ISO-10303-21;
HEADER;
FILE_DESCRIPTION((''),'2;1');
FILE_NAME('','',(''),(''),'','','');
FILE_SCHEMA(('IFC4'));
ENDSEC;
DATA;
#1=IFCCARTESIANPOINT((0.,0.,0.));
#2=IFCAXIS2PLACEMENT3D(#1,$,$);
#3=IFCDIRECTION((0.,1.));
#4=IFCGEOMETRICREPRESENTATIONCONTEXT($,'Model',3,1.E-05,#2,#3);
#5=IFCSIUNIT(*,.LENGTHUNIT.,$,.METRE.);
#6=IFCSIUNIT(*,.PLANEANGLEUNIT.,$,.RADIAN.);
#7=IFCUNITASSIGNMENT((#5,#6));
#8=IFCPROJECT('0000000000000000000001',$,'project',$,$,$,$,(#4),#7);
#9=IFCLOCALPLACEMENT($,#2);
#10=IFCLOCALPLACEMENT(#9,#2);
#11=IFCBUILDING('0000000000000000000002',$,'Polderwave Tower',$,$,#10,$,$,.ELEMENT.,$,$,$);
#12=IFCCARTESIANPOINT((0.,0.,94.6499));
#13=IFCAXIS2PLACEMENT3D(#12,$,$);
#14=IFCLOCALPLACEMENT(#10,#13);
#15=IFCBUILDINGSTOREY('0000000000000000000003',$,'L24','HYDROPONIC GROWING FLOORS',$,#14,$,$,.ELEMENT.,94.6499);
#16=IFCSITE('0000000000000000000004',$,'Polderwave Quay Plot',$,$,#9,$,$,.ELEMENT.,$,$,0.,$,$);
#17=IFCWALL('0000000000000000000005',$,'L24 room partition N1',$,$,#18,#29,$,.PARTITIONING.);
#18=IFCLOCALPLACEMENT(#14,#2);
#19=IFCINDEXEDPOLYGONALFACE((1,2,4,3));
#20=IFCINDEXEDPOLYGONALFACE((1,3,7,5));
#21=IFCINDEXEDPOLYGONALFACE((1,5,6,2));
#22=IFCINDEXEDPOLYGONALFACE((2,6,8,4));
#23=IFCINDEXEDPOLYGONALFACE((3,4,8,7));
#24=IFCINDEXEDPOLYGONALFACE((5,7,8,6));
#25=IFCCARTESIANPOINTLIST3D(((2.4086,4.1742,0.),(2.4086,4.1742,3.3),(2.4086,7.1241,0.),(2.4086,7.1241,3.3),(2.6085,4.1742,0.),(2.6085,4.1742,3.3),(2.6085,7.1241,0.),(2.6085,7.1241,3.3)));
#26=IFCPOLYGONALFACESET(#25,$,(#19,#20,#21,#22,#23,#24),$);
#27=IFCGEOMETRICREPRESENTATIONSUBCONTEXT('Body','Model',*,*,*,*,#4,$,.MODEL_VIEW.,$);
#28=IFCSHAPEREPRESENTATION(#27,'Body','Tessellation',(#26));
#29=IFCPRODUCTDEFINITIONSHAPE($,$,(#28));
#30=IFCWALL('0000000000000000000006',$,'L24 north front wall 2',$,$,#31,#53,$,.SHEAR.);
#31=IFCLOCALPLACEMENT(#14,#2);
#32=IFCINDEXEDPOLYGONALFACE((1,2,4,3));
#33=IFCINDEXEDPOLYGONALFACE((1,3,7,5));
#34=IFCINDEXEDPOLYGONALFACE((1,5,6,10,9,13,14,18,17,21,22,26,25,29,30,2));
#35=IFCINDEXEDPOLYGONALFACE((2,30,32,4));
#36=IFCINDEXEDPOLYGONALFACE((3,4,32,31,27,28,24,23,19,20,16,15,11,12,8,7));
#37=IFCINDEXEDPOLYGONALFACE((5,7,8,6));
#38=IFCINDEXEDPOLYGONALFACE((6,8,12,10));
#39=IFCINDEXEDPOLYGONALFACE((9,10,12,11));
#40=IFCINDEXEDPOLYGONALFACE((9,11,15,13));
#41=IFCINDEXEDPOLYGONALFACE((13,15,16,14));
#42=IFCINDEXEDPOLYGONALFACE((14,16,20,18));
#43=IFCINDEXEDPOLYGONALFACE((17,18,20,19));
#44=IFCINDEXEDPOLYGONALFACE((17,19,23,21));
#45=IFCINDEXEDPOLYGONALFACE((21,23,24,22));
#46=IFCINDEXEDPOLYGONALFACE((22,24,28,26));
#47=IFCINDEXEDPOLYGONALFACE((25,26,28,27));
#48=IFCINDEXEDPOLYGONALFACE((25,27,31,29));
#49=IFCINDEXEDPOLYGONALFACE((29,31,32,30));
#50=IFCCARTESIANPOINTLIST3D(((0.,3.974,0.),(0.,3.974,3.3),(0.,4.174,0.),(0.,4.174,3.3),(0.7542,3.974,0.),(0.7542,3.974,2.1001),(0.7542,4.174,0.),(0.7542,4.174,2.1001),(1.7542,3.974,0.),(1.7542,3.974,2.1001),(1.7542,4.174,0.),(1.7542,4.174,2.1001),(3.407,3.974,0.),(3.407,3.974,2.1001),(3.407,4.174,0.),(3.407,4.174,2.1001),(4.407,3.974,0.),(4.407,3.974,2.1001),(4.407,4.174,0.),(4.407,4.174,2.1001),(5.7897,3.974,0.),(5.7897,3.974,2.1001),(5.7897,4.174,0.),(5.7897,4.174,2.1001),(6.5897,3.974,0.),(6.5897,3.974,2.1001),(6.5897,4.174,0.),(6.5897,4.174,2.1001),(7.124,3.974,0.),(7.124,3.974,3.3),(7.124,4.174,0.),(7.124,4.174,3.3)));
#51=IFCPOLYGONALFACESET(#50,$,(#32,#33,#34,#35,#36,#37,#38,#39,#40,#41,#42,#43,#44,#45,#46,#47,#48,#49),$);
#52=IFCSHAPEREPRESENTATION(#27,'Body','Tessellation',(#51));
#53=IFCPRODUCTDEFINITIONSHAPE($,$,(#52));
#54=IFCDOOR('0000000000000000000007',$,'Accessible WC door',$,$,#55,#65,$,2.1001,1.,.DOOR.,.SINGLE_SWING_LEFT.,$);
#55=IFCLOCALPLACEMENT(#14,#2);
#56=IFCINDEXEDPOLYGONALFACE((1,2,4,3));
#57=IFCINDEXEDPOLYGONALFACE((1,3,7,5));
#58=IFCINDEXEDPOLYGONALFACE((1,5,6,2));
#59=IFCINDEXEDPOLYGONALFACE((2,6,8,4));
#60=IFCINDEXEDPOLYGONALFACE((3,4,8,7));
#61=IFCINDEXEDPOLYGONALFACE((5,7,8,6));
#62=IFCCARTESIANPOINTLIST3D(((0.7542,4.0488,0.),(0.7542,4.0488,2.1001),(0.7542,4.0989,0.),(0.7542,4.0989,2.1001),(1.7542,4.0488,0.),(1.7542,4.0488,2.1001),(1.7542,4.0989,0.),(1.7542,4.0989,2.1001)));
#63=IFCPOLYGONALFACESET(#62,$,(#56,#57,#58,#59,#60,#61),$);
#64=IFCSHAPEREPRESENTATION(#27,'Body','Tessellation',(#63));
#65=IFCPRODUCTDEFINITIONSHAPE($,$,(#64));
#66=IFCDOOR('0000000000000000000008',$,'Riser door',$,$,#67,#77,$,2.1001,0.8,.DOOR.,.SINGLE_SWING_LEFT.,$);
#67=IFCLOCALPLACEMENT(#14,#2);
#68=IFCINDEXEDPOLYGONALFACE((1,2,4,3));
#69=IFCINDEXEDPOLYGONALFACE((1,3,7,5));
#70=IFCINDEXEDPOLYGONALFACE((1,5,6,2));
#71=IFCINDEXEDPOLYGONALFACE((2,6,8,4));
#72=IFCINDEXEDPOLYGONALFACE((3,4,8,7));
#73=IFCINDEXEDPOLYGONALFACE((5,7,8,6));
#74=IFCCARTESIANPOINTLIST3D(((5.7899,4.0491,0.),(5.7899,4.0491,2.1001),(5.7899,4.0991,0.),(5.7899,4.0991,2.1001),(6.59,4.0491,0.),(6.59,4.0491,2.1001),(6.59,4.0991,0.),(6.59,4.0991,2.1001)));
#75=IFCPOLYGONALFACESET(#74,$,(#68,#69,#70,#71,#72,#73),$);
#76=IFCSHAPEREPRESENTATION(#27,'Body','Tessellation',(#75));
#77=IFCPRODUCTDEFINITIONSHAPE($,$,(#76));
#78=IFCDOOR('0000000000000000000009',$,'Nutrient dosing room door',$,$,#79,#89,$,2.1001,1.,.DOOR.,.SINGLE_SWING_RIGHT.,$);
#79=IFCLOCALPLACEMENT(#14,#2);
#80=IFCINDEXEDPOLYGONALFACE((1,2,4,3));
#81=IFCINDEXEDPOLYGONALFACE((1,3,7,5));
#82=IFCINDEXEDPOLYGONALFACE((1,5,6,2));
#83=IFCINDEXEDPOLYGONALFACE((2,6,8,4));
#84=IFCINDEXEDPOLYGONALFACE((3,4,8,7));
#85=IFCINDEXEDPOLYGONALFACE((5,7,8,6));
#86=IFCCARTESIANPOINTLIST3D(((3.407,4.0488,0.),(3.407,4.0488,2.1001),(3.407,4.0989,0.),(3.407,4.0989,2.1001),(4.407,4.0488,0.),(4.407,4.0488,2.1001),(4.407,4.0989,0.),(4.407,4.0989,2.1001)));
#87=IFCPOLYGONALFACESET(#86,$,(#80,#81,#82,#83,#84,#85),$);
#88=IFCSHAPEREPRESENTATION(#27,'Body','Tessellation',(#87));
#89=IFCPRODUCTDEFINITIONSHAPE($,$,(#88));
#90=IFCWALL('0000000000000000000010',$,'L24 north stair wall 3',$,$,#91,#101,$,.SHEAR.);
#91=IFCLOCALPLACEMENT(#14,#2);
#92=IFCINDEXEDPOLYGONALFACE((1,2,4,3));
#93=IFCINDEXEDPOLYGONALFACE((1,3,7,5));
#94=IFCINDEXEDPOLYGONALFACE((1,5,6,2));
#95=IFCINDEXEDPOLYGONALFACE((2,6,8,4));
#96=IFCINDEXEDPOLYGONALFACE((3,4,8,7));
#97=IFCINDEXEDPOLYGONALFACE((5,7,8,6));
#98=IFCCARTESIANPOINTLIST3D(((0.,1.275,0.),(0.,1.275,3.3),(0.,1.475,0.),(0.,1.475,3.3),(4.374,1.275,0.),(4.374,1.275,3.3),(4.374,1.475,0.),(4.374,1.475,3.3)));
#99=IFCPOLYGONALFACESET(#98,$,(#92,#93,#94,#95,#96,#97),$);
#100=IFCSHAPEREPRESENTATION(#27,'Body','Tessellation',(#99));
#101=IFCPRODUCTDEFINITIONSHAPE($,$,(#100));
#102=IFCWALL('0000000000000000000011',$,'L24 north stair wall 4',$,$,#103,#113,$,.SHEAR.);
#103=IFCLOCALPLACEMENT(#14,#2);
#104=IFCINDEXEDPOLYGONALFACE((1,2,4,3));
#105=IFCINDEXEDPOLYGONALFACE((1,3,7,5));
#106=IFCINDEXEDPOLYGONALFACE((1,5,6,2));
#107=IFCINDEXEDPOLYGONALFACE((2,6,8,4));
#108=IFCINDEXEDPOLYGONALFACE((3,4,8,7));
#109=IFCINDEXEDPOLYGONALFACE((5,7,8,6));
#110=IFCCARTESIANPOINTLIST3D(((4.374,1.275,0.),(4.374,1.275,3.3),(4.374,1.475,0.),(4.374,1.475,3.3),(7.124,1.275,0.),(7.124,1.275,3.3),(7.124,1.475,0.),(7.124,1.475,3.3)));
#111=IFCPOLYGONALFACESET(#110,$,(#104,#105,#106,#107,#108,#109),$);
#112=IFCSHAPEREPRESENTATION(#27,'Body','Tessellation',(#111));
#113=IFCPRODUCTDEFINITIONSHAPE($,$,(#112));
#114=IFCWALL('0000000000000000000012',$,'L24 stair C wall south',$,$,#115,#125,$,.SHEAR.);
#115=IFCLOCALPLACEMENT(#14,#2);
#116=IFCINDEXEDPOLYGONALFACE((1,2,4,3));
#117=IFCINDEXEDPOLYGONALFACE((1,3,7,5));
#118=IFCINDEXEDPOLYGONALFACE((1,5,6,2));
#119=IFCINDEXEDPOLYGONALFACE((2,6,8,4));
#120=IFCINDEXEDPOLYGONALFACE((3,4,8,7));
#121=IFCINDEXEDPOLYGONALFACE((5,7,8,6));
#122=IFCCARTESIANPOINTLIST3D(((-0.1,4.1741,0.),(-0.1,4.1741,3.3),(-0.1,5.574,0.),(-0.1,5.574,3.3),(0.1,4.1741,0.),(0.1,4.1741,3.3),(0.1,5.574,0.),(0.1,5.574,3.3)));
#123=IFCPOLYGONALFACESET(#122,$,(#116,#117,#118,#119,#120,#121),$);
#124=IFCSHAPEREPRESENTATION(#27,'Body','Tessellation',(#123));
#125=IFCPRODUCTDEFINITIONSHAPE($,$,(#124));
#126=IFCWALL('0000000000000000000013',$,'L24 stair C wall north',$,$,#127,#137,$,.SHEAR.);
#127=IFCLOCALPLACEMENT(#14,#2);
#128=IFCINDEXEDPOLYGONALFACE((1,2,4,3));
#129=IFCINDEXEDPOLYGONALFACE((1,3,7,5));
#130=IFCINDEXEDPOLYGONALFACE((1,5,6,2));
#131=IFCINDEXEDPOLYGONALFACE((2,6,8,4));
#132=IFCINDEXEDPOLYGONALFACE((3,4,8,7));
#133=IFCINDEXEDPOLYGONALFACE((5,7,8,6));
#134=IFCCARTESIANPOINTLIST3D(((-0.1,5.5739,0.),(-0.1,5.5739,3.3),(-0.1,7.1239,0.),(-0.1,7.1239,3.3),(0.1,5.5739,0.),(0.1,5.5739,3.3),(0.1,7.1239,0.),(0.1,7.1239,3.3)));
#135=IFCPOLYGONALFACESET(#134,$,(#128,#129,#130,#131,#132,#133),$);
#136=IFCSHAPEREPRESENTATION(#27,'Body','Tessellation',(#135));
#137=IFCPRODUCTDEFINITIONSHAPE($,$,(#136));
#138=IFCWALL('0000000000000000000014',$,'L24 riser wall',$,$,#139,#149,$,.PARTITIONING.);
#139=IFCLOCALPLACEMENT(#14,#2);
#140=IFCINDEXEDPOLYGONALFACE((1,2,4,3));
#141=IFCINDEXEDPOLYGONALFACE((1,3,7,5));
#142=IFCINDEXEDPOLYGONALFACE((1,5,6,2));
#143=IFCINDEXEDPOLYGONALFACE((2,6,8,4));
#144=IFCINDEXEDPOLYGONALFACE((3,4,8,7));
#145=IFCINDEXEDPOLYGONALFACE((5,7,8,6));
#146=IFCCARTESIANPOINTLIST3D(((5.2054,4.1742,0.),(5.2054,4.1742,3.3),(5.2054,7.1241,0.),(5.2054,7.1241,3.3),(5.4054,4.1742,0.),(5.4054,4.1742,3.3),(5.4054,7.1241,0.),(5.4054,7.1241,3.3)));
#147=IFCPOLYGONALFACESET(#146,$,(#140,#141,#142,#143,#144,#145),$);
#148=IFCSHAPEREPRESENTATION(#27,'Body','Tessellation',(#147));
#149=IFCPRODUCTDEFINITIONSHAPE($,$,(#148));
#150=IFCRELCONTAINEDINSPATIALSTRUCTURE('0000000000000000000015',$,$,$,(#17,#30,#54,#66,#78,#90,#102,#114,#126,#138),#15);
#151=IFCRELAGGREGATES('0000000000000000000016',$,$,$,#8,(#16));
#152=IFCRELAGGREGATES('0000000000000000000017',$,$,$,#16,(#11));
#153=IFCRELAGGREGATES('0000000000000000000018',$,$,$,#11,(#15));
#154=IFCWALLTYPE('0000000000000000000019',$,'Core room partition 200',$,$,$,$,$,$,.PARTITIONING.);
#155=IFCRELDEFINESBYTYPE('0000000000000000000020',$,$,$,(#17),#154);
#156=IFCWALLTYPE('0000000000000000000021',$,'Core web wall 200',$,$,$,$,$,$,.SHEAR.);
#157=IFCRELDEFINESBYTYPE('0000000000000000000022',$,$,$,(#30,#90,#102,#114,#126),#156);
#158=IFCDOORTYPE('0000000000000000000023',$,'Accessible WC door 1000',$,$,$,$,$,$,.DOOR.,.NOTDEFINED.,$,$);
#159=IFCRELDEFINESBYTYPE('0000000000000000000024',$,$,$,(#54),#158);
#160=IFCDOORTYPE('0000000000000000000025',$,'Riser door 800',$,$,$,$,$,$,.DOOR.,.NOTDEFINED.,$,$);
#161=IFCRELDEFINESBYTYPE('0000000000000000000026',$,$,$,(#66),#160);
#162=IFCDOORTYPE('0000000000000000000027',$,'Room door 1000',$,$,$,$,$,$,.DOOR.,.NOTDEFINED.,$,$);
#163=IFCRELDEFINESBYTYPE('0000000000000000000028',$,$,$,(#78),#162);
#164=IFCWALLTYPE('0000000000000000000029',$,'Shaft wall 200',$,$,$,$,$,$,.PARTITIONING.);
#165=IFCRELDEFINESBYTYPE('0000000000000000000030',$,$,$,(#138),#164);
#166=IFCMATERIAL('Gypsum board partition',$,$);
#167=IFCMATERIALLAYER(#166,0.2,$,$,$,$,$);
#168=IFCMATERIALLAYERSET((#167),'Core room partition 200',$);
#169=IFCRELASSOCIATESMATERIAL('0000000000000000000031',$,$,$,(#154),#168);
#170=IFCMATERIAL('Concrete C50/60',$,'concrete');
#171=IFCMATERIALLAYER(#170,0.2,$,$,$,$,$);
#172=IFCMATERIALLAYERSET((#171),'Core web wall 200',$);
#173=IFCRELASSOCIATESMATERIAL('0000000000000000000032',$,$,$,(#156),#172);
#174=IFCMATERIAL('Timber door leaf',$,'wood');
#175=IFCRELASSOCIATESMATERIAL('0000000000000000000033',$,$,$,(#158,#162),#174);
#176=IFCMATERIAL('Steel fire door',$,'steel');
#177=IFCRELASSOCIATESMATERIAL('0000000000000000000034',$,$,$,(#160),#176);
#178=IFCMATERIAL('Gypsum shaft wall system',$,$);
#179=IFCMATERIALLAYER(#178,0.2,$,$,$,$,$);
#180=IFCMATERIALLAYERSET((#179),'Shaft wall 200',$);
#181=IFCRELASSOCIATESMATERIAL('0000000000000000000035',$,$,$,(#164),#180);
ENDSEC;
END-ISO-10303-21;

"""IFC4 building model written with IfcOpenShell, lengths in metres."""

from ifc_helpers import new_model, si_unit, direction, frame, frame_2d, origin, place, context, subcontext, project, spatial, rectangle, extrude, material, layer, layer_set, type_object, element, fill, save


model = new_model("IFC4")

# Units and contexts
model_context = context("Model", 3, precision=1e-05, world=origin(), true_north=direction((0.0, 1.0)))
body_context = subcontext(model_context, "Body", "Model", "MODEL_VIEW")
ifc_project = project(units=[si_unit("LENGTHUNIT", "METRE"), si_unit("PLANEANGLEUNIT", "RADIAN")], contexts=[model_context])

# Site, building, storey
site_placement = place(None, origin())
site = spatial("IfcSite", under=ifc_project, at=site_placement, Name="Polderwave Quay Plot", CompositionType="ELEMENT", RefElevation=0.0)
building_placement = place(site_placement, origin())
building = spatial("IfcBuilding", under=site, at=building_placement, Name="Polderwave Tower", CompositionType="ELEMENT")
storey_placement = place(building_placement, frame((0.0, 0.0, 94.6499)))
storey = spatial("IfcBuildingStorey", under=building, at=storey_placement, Name="L24", Description="HYDROPONIC GROWING FLOORS", CompositionType="ELEMENT", Elevation=94.6499)

# Wall
ifc_material_1 = material(Name="Gypsum board partition")
ifc_layer_1 = layer(ifc_material_1, 0.2)
ifc_layer_set_1 = layer_set([ifc_layer_1], Name="Core room partition 200")
wall_type_1 = type_object("IfcWallType", Name="Core room partition 200", PredefinedType="PARTITIONING", material=ifc_layer_set_1)
wall_1_placement = place(storey_placement, frame((2.5085, 4.1741, 0.0), z_axis=(0.0, 0.0, 1.0), x_axis=(0.0, 1.0, 0.0)))
element("IfcWall", 1, at=wall_1_placement, inside=storey, type_object=wall_type_1, Name="L24 room partition N1", PredefinedType="PARTITIONING", context=body_context, shape_type="SweptSolid", body=[
    extrude(rectangle(XDim=2.95, YDim=0.2, at=frame_2d((1.4751, 0.0))), origin(), (0.0, 0.0, 1.0), 3.3),
])

# Wall, openings, doors
ifc_material_2 = material(Name="Concrete C50/60", Category="concrete")
ifc_layer_2 = layer(ifc_material_2, 0.2)
ifc_layer_set_2 = layer_set([ifc_layer_2], Name="Core web wall 200")
wall_type_2 = type_object("IfcWallType", Name="Core web wall 200", PredefinedType="SHEAR", material=ifc_layer_set_2)
wall_2_placement = place(storey_placement, frame((0.0, 4.074, 0.0), z_axis=(0.0, 0.0, 1.0), x_axis=(1.0, 0.0, 0.0)))
wall_2 = element("IfcWall", 2, at=wall_2_placement, inside=storey, type_object=wall_type_2, Name="L24 north front wall 2", PredefinedType="SHEAR", context=body_context, shape_type="SweptSolid", body=[
    extrude(rectangle(XDim=7.124, YDim=0.2, at=frame_2d((3.562, 0.0))), origin(), (0.0, 0.0, 1.0), 3.3),
])
opening_1_placement = place(wall_2_placement, frame((0.7542, 0.0, 0.0)))
opening_1 = element("IfcOpeningElement", 3, at=opening_1_placement, cuts=wall_2, PredefinedType="OPENING", context=body_context, shape_type="SweptSolid", body=[
    extrude(rectangle(XDim=1.0, YDim=2.1001, at=frame_2d((0.5, 1.05))), frame((0.0, 0.1099, 0.0), z_axis=(0.0, -1.0, 0.0), x_axis=(1.0, 0.0, 0.0)), (0.0, 0.0, 1.0), 0.22),
])
opening_2_placement = place(wall_2_placement, frame((3.407, 0.0, 0.0)))
opening_2 = element("IfcOpeningElement", 4, at=opening_2_placement, cuts=wall_2, PredefinedType="OPENING", context=body_context, shape_type="SweptSolid", body=[
    extrude(rectangle(XDim=1.0, YDim=2.1001, at=frame_2d((0.5, 1.05))), frame((0.0, 0.1099, 0.0), z_axis=(0.0, -1.0, 0.0), x_axis=(1.0, 0.0, 0.0)), (0.0, 0.0, 1.0), 0.22),
])
opening_3_placement = place(wall_2_placement, frame((5.7898, 0.0, 0.0)))
opening_3 = element("IfcOpeningElement", 5, at=opening_3_placement, cuts=wall_2, PredefinedType="OPENING", context=body_context, shape_type="SweptSolid", body=[
    extrude(rectangle(XDim=0.8, YDim=2.1001, at=frame_2d((0.3999, 1.05))), frame((0.0, 0.1099, 0.0), z_axis=(0.0, -1.0, 0.0), x_axis=(1.0, 0.0, 0.0)), (0.0, 0.0, 1.0), 0.22),
])
ifc_material_3 = material(Name="Timber door leaf", Category="wood")
door_type_1 = type_object("IfcDoorType", Name="Accessible WC door 1000", OperationType="NOTDEFINED", PredefinedType="DOOR", material=ifc_material_3)
door_1_placement = place(opening_1_placement, origin())
door_1 = element("IfcDoor", 6, at=door_1_placement, inside=storey, type_object=door_type_1, Name="Accessible WC door", OperationType="SINGLE_SWING_LEFT", OverallHeight=2.1001, OverallWidth=1.0, PredefinedType="DOOR", context=body_context, shape_type="SweptSolid", body=[
    extrude(rectangle(XDim=1.0, YDim=2.1001, at=frame_2d((0.5, 1.05))), frame((0.0, 0.0249, 0.0), z_axis=(0.0, -1.0, 0.0), x_axis=(1.0, 0.0, 0.0)), (0.0, 0.0, 1.0), 0.05),
])
fill(opening_1, door_1)
ifc_material_4 = material(Name="Steel fire door", Category="steel")
door_type_2 = type_object("IfcDoorType", Name="Riser door 800", OperationType="NOTDEFINED", PredefinedType="DOOR", material=ifc_material_4)
door_2_placement = place(opening_3_placement, frame((0.8, 0.0, 0.0), z_axis=(0.0, 0.0, 1.0), x_axis=(-1.0, 0.0, 0.0)))
door_2 = element("IfcDoor", 7, at=door_2_placement, inside=storey, type_object=door_type_2, Name="Riser door", OperationType="SINGLE_SWING_LEFT", OverallHeight=2.1001, OverallWidth=0.8, PredefinedType="DOOR", context=body_context, shape_type="SweptSolid", body=[
    extrude(rectangle(XDim=0.8, YDim=2.1001, at=frame_2d((0.3999, 1.05))), frame((0.0, 0.0249, 0.0), z_axis=(0.0, -1.0, 0.0), x_axis=(1.0, 0.0, 0.0)), (0.0, 0.0, 1.0), 0.05),
])
fill(opening_3, door_2)
door_type_3 = type_object("IfcDoorType", Name="Room door 1000", OperationType="NOTDEFINED", PredefinedType="DOOR", material=ifc_material_3)
door_3_placement = place(opening_2_placement, origin())
door_3 = element("IfcDoor", 8, at=door_3_placement, inside=storey, type_object=door_type_3, Name="Nutrient dosing room door", OperationType="SINGLE_SWING_RIGHT", OverallHeight=2.1001, OverallWidth=1.0, PredefinedType="DOOR", context=body_context, shape_type="SweptSolid", body=[
    extrude(rectangle(XDim=1.0, YDim=2.1001, at=frame_2d((0.5, 1.05))), frame((0.0, 0.0249, 0.0), z_axis=(0.0, -1.0, 0.0), x_axis=(1.0, 0.0, 0.0)), (0.0, 0.0, 1.0), 0.05),
])
fill(opening_2, door_3)

# Walls
wall_3_placement = place(storey_placement, frame((0.0, 1.375, 0.0), z_axis=(0.0, 0.0, 1.0), x_axis=(1.0, 0.0, 0.0)))
element("IfcWall", 9, at=wall_3_placement, inside=storey, type_object=wall_type_2, Name="L24 north stair wall 3", PredefinedType="SHEAR", context=body_context, shape_type="SweptSolid", body=[
    extrude(rectangle(XDim=4.374, YDim=0.2, at=frame_2d((2.187, 0.0))), origin(), (0.0, 0.0, 1.0), 3.3),
])
wall_4_placement = place(storey_placement, frame((4.374, 1.375, 0.0), z_axis=(0.0, 0.0, 1.0), x_axis=(1.0, 0.0, 0.0)))
element("IfcWall", 10, at=wall_4_placement, inside=storey, type_object=wall_type_2, Name="L24 north stair wall 4", PredefinedType="SHEAR", context=body_context, shape_type="SweptSolid", body=[
    extrude(rectangle(XDim=2.75, YDim=0.2, at=frame_2d((1.375, 0.0))), origin(), (0.0, 0.0, 1.0), 3.3),
])
wall_5_placement = place(storey_placement, frame((0.0, 4.1741, 0.0), z_axis=(0.0, 0.0, 1.0), x_axis=(0.0, 1.0, 0.0)))
element("IfcWall", 11, at=wall_5_placement, inside=storey, type_object=wall_type_2, Name="L24 stair C wall south", PredefinedType="SHEAR", context=body_context, shape_type="SweptSolid", body=[
    extrude(rectangle(XDim=1.3999, YDim=0.2, at=frame_2d((0.7, 0.0))), origin(), (0.0, 0.0, 1.0), 3.3),
])
wall_6_placement = place(storey_placement, frame((0.0, 5.574, 0.0), z_axis=(0.0, 0.0, 1.0), x_axis=(0.0, 1.0, 0.0)))
element("IfcWall", 12, at=wall_6_placement, inside=storey, type_object=wall_type_2, Name="L24 stair C wall north", PredefinedType="SHEAR", context=body_context, shape_type="SweptSolid", body=[
    extrude(rectangle(XDim=1.55, YDim=0.2, at=frame_2d((0.7749, 0.0))), origin(), (0.0, 0.0, 1.0), 3.3),
])
ifc_material_5 = material(Name="Gypsum shaft wall system")
ifc_layer_3 = layer(ifc_material_5, 0.2)
ifc_layer_set_3 = layer_set([ifc_layer_3], Name="Shaft wall 200")
wall_type_3 = type_object("IfcWallType", Name="Shaft wall 200", PredefinedType="PARTITIONING", material=ifc_layer_set_3)
wall_7_placement = place(storey_placement, frame((5.3054, 4.1741, 0.0), z_axis=(0.0, 0.0, 1.0), x_axis=(0.0, 1.0, 0.0)))
element("IfcWall", 13, at=wall_7_placement, inside=storey, type_object=wall_type_3, Name="L24 riser wall", PredefinedType="PARTITIONING", context=body_context, shape_type="SweptSolid", body=[
    extrude(rectangle(XDim=2.95, YDim=0.2, at=frame_2d((1.4751, 0.0))), origin(), (0.0, 0.0, 1.0), 3.3),
])

save(model, "model.ifc")
